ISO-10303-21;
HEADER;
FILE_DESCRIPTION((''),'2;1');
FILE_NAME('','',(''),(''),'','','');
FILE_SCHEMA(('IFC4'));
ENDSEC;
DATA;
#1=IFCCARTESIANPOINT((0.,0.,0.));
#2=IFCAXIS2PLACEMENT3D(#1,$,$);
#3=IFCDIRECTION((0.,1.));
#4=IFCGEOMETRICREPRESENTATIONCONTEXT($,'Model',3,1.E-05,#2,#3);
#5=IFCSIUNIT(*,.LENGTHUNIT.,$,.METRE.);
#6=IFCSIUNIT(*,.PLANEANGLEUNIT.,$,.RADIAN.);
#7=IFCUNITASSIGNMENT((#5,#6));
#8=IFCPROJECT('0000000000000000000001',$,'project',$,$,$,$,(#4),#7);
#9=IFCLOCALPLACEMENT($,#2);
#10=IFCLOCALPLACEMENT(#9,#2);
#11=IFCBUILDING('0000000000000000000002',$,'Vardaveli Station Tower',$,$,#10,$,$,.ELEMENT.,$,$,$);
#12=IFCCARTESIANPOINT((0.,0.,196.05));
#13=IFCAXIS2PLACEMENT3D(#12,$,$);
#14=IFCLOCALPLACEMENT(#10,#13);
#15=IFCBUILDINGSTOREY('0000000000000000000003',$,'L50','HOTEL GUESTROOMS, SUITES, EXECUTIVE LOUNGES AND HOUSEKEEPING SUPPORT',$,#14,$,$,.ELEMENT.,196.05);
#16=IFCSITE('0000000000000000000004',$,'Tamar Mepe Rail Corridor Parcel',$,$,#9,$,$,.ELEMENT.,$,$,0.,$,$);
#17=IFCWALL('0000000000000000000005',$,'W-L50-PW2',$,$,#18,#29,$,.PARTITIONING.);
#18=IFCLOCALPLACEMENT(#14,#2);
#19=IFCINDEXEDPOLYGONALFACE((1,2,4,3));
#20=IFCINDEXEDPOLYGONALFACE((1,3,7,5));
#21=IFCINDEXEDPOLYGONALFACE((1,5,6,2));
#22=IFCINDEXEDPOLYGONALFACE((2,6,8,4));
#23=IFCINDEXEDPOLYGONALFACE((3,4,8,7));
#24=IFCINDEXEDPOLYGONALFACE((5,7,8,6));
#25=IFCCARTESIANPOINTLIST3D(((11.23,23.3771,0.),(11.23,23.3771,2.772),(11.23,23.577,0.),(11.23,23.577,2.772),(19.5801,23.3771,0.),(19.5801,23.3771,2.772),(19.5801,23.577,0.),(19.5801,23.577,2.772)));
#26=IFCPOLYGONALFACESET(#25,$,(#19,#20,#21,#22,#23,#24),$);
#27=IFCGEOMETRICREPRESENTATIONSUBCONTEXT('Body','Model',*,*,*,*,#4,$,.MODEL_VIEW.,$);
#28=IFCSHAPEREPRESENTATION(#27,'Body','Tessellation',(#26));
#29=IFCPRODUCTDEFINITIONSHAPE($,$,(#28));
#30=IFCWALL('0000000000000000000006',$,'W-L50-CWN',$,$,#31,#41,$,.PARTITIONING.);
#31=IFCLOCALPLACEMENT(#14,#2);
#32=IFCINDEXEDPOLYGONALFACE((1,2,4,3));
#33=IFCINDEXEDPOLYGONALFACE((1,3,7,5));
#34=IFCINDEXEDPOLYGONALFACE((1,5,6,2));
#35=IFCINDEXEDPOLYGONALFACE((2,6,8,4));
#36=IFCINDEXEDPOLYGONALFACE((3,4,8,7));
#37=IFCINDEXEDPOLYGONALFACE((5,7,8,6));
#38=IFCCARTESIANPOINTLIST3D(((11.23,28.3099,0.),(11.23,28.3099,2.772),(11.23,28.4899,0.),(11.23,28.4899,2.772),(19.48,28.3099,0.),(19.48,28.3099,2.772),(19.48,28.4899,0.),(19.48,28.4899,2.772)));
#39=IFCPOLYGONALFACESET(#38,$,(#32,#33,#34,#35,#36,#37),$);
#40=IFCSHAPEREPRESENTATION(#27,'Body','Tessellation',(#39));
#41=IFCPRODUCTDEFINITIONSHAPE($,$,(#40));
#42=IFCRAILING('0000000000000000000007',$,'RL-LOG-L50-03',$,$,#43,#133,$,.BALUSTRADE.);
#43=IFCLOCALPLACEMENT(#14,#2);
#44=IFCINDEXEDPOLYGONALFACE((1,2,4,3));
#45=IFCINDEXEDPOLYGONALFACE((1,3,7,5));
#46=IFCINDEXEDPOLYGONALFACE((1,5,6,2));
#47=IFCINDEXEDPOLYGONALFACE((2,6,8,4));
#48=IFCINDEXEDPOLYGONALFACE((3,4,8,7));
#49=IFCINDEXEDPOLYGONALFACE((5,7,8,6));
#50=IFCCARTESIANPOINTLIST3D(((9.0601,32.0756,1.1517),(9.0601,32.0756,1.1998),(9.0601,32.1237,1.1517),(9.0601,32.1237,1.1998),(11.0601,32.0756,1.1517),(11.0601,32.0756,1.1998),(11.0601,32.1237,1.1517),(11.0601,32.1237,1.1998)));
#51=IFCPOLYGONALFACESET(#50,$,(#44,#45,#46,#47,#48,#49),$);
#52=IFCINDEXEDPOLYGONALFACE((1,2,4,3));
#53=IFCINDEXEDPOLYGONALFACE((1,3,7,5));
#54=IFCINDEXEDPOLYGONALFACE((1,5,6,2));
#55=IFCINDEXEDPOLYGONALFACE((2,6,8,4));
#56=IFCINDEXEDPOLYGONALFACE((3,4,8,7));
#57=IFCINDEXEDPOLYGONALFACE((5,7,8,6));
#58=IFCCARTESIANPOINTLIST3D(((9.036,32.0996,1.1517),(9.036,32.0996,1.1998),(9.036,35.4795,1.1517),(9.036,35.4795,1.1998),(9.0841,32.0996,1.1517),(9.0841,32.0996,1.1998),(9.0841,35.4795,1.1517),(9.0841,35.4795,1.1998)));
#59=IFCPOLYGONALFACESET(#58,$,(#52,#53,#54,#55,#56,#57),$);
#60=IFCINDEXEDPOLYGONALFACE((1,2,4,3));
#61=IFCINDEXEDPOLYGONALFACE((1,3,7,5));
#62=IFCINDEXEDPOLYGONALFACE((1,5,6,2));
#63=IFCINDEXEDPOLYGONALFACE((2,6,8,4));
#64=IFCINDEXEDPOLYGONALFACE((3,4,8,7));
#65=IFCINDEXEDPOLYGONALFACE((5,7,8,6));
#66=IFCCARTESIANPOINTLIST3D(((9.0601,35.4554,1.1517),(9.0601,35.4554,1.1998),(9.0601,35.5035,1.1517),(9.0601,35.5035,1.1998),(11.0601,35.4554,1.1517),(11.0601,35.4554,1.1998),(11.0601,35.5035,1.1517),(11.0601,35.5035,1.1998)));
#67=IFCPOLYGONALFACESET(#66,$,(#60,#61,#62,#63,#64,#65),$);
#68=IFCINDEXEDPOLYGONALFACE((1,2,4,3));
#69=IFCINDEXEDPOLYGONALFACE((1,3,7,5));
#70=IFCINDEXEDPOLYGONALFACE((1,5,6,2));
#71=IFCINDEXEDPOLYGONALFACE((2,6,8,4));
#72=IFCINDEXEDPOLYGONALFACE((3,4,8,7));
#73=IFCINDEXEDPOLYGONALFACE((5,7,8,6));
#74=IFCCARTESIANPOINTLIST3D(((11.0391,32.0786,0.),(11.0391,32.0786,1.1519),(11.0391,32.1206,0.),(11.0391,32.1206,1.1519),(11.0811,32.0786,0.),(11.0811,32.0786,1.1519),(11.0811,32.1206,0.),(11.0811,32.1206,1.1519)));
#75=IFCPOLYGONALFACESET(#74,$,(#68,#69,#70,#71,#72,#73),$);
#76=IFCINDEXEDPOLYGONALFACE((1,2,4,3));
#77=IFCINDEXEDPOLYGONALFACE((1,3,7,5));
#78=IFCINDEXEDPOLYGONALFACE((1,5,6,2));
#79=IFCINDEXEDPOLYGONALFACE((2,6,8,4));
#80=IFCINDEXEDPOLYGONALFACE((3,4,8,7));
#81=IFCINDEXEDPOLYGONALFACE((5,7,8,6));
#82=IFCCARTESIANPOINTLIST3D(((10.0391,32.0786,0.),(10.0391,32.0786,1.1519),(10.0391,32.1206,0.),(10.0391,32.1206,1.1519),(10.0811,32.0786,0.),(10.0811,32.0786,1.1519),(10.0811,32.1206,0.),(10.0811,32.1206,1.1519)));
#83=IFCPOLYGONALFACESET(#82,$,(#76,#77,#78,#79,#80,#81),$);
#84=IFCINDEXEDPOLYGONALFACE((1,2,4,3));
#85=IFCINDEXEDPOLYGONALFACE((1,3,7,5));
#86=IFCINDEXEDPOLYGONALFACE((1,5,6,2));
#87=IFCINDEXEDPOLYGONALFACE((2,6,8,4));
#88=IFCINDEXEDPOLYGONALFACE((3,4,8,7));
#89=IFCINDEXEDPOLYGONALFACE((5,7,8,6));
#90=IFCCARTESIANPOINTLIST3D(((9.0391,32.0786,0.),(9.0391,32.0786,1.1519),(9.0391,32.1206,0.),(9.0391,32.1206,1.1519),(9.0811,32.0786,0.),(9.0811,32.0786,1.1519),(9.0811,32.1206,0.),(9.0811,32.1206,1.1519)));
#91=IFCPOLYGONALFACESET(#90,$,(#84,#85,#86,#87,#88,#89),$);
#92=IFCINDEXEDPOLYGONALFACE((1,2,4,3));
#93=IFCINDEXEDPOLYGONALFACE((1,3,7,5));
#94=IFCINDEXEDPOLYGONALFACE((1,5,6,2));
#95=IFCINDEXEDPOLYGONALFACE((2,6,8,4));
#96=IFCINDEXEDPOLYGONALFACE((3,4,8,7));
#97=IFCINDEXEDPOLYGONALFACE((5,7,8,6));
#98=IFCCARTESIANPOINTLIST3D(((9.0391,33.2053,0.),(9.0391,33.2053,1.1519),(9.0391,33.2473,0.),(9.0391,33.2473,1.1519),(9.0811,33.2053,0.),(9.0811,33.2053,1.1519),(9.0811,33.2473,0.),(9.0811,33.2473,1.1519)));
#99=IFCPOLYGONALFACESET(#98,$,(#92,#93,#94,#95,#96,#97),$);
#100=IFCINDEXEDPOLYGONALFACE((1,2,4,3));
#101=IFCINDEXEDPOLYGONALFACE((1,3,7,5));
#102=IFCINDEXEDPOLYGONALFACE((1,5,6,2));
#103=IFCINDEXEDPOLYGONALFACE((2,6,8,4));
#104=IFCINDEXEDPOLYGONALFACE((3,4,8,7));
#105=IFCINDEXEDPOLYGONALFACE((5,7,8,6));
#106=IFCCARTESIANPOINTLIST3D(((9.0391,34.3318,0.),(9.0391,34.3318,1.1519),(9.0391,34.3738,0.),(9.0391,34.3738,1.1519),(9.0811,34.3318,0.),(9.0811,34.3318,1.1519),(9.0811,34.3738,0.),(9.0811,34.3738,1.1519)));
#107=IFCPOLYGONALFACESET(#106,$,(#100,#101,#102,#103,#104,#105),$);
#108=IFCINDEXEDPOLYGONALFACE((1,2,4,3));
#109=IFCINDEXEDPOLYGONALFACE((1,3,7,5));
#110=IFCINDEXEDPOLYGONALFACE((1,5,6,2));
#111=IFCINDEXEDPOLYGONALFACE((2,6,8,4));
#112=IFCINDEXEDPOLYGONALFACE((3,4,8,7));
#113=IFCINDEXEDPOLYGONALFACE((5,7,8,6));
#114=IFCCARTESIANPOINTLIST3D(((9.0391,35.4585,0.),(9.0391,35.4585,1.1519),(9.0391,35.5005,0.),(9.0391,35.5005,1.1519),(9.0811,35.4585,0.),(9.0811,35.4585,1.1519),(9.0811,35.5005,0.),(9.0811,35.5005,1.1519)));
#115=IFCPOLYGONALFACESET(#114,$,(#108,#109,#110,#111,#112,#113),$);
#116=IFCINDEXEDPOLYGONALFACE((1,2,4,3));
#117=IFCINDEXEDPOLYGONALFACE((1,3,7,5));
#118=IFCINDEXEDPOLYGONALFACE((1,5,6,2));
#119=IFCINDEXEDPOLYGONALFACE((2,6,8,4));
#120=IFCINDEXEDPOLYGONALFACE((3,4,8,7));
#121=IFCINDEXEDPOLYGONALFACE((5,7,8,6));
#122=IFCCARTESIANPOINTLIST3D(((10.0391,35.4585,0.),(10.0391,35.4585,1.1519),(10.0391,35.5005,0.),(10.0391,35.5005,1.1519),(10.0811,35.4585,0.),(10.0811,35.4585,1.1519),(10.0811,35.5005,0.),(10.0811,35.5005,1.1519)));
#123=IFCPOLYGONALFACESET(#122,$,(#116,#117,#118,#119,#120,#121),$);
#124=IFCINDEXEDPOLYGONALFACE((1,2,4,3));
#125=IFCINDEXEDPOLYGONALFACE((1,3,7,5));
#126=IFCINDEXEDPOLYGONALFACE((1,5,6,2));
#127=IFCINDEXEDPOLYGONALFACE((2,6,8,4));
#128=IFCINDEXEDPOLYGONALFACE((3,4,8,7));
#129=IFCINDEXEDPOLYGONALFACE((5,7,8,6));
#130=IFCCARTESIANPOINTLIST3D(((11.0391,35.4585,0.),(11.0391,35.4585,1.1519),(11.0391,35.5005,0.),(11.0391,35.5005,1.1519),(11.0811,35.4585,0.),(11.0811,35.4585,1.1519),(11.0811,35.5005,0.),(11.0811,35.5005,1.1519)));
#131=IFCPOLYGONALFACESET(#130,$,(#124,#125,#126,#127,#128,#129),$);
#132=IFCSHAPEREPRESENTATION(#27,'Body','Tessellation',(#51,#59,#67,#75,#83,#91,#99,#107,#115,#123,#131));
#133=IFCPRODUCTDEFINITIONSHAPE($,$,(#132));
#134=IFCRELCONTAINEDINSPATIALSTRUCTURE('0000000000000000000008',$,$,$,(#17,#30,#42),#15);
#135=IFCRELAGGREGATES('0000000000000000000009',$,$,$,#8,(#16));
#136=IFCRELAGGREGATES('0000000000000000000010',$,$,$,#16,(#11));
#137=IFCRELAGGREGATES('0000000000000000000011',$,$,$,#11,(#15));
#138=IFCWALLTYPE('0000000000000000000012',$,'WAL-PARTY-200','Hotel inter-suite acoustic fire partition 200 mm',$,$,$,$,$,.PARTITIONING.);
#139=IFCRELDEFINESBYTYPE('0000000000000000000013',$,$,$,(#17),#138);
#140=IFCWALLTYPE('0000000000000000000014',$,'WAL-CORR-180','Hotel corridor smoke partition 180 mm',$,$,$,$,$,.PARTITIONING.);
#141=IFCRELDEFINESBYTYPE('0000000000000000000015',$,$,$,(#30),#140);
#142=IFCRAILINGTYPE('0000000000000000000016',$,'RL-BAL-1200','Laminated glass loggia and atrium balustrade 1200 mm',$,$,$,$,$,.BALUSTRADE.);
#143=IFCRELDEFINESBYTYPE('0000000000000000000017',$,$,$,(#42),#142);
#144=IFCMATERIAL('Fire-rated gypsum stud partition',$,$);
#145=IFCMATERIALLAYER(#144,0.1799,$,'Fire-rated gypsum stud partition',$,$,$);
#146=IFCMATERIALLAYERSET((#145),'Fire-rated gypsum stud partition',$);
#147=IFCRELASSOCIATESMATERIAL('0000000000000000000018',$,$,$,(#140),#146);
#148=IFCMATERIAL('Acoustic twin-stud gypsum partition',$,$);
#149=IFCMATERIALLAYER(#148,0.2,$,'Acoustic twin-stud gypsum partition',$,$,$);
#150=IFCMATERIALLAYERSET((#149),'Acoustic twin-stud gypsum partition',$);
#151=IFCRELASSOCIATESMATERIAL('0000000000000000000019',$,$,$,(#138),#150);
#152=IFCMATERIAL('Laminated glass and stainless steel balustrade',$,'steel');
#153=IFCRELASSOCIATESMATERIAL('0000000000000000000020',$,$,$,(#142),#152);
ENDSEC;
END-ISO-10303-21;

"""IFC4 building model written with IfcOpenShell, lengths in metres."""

from ifc_helpers import new_model, si_unit, direction, frame, frame_2d, origin, origin_2d, place, context, subcontext, project, spatial, rectangle, extrude, source, transform, mapped, material, layer, layer_set, type_object, element, save


model = new_model("IFC4")

# Units and contexts
model_context = context("Model", 3, precision=1e-05, world=origin(), true_north=direction((0.0, 1.0)))
body_context = subcontext(model_context, "Body", "Model", "MODEL_VIEW")
ifc_project = project(units=[si_unit("LENGTHUNIT", "METRE"), si_unit("PLANEANGLEUNIT", "RADIAN")], contexts=[model_context])

# Site, building, storey
site_placement = place(None, origin())
site = spatial("IfcSite", under=ifc_project, at=site_placement, Name="Tamar Mepe Rail Corridor Parcel", CompositionType="ELEMENT", RefElevation=0.0)
building_placement = place(site_placement, origin())
building = spatial("IfcBuilding", under=site, at=building_placement, Name="Vardaveli Station Tower", CompositionType="ELEMENT")
storey_placement = place(building_placement, frame((0.0, 0.0, 196.05)))
storey = spatial("IfcBuildingStorey", under=building, at=storey_placement, Name="L50", Description="HOTEL GUESTROOMS, SUITES, EXECUTIVE LOUNGES AND HOUSEKEEPING SUPPORT", CompositionType="ELEMENT", Elevation=196.05)

# Shared definitions
ifc_material_1 = material(Name="Fire-rated gypsum stud partition")
ifc_layer_1 = layer(ifc_material_1, 0.1799, Name="Fire-rated gypsum stud partition")
ifc_layer_set_1 = layer_set([ifc_layer_1], Name="Fire-rated gypsum stud partition")
wall_type_1 = type_object("IfcWallType", Name="WAL-CORR-180", Description="Hotel corridor smoke partition 180 mm", PredefinedType="PARTITIONING", material=ifc_layer_set_1)

# Walls
ifc_material_2 = material(Name="Acoustic twin-stud gypsum partition")
ifc_layer_2 = layer(ifc_material_2, 0.2, Name="Acoustic twin-stud gypsum partition")
ifc_layer_set_2 = layer_set([ifc_layer_2], Name="Acoustic twin-stud gypsum partition")
wall_type_2 = type_object("IfcWallType", Name="WAL-PARTY-200", Description="Hotel inter-suite acoustic fire partition 200 mm", PredefinedType="PARTITIONING", material=ifc_layer_set_2)
shared_shape_1 = source(origin(), body_context, "Body", "SweptSolid", [
    extrude(rectangle(XDim=8.3501, YDim=0.2, at=frame_2d((4.175, 0.0))), origin(), (0.0, 0.0, 1.0), 2.772),
])
wall_1_placement = place(storey_placement, frame((11.23, 23.4771, 0.0), z_axis=(0.0, 0.0, 1.0), x_axis=(1.0, 0.0, 0.0)))
element("IfcWall", 1, at=wall_1_placement, inside=storey, type_object=wall_type_2, Name="W-L50-PW2", PredefinedType="PARTITIONING", context=body_context, shape_type="MappedRepresentation", body=[
    mapped(shared_shape_1, transform((0.0, 0.0, 0.0), scale=1.0)),
])
shared_shape_2 = source(origin(), body_context, "Body", "SweptSolid", [
    extrude(rectangle(XDim=8.25, YDim=0.1799, at=frame_2d((4.125, 0.0))), origin(), (0.0, 0.0, 1.0), 2.772),
])
wall_2_placement = place(storey_placement, frame((11.23, 28.3999, 0.0), z_axis=(0.0, 0.0, 1.0), x_axis=(1.0, 0.0, 0.0)))
element("IfcWall", 2, at=wall_2_placement, inside=storey, type_object=wall_type_1, Name="W-L50-CWN", PredefinedType="PARTITIONING", context=body_context, shape_type="MappedRepresentation", body=[
    mapped(shared_shape_2, transform((0.0, 0.0, 0.0), scale=1.0)),
])

# Railing
ifc_material_3 = material(Name="Laminated glass and stainless steel balustrade", Category="steel")
railing_type = type_object("IfcRailingType", Name="RL-BAL-1200", Description="Laminated glass loggia and atrium balustrade 1200 mm", PredefinedType="BALUSTRADE", material=ifc_material_3)
shared_shape_3 = source(origin(), body_context, "Body", "SweptSolid", [
    extrude(rectangle(XDim=0.0481, YDim=0.0481, at=origin_2d()), frame((0.0, 0.0, 1.1758), z_axis=(-1.0, 0.0, 0.0), x_axis=(0.0, -1.0, 0.0)), (0.0, 0.0, 1.0), 2.0),
    extrude(rectangle(XDim=0.0481, YDim=0.0481, at=origin_2d()), frame((-2.0, 0.0, 1.1758), z_axis=(0.0, 1.0, 0.0), x_axis=(-1.0, 0.0, 0.0)), (0.0, 0.0, 1.0), 3.3799),
    extrude(rectangle(XDim=0.0481, YDim=0.0481, at=origin_2d()), frame((-2.0, 3.3799, 1.1758), z_axis=(1.0, 0.0, 0.0), x_axis=(0.0, 1.0, 0.0)), (0.0, 0.0, 1.0), 2.0),
    extrude(rectangle(XDim=0.042, YDim=0.042, at=origin_2d()), origin(), (0.0, 0.0, 1.0), 1.1519),
    extrude(rectangle(XDim=0.042, YDim=0.042, at=origin_2d()), frame((-1.0, 0.0, 0.0)), (0.0, 0.0, 1.0), 1.1519),
    extrude(rectangle(XDim=0.042, YDim=0.042, at=origin_2d()), frame((-2.0, 0.0, 0.0)), (0.0, 0.0, 1.0), 1.1519),
    extrude(rectangle(XDim=0.042, YDim=0.042, at=origin_2d()), frame((-2.0, 1.1267, 0.0)), (0.0, 0.0, 1.0), 1.1519),
    extrude(rectangle(XDim=0.042, YDim=0.042, at=origin_2d()), frame((-2.0, 2.2532, 0.0)), (0.0, 0.0, 1.0), 1.1519),
    extrude(rectangle(XDim=0.042, YDim=0.042, at=origin_2d()), frame((-2.0, 3.3799, 0.0)), (0.0, 0.0, 1.0), 1.1519),
    extrude(rectangle(XDim=0.042, YDim=0.042, at=origin_2d()), frame((-1.0, 3.3799, 0.0)), (0.0, 0.0, 1.0), 1.1519),
    extrude(rectangle(XDim=0.042, YDim=0.042, at=origin_2d()), frame((0.0, 3.3799, 0.0)), (0.0, 0.0, 1.0), 1.1519),
])
railing_placement = place(storey_placement, frame((11.0601, 32.0996, 0.0)))
element("IfcRailing", 3, at=railing_placement, inside=storey, type_object=railing_type, Name="RL-LOG-L50-03", PredefinedType="BALUSTRADE", context=body_context, shape_type="MappedRepresentation", body=[
    mapped(shared_shape_3, transform((0.0, 0.0, 0.0), scale=1.0)),
])

save(model, "model.ifc")
